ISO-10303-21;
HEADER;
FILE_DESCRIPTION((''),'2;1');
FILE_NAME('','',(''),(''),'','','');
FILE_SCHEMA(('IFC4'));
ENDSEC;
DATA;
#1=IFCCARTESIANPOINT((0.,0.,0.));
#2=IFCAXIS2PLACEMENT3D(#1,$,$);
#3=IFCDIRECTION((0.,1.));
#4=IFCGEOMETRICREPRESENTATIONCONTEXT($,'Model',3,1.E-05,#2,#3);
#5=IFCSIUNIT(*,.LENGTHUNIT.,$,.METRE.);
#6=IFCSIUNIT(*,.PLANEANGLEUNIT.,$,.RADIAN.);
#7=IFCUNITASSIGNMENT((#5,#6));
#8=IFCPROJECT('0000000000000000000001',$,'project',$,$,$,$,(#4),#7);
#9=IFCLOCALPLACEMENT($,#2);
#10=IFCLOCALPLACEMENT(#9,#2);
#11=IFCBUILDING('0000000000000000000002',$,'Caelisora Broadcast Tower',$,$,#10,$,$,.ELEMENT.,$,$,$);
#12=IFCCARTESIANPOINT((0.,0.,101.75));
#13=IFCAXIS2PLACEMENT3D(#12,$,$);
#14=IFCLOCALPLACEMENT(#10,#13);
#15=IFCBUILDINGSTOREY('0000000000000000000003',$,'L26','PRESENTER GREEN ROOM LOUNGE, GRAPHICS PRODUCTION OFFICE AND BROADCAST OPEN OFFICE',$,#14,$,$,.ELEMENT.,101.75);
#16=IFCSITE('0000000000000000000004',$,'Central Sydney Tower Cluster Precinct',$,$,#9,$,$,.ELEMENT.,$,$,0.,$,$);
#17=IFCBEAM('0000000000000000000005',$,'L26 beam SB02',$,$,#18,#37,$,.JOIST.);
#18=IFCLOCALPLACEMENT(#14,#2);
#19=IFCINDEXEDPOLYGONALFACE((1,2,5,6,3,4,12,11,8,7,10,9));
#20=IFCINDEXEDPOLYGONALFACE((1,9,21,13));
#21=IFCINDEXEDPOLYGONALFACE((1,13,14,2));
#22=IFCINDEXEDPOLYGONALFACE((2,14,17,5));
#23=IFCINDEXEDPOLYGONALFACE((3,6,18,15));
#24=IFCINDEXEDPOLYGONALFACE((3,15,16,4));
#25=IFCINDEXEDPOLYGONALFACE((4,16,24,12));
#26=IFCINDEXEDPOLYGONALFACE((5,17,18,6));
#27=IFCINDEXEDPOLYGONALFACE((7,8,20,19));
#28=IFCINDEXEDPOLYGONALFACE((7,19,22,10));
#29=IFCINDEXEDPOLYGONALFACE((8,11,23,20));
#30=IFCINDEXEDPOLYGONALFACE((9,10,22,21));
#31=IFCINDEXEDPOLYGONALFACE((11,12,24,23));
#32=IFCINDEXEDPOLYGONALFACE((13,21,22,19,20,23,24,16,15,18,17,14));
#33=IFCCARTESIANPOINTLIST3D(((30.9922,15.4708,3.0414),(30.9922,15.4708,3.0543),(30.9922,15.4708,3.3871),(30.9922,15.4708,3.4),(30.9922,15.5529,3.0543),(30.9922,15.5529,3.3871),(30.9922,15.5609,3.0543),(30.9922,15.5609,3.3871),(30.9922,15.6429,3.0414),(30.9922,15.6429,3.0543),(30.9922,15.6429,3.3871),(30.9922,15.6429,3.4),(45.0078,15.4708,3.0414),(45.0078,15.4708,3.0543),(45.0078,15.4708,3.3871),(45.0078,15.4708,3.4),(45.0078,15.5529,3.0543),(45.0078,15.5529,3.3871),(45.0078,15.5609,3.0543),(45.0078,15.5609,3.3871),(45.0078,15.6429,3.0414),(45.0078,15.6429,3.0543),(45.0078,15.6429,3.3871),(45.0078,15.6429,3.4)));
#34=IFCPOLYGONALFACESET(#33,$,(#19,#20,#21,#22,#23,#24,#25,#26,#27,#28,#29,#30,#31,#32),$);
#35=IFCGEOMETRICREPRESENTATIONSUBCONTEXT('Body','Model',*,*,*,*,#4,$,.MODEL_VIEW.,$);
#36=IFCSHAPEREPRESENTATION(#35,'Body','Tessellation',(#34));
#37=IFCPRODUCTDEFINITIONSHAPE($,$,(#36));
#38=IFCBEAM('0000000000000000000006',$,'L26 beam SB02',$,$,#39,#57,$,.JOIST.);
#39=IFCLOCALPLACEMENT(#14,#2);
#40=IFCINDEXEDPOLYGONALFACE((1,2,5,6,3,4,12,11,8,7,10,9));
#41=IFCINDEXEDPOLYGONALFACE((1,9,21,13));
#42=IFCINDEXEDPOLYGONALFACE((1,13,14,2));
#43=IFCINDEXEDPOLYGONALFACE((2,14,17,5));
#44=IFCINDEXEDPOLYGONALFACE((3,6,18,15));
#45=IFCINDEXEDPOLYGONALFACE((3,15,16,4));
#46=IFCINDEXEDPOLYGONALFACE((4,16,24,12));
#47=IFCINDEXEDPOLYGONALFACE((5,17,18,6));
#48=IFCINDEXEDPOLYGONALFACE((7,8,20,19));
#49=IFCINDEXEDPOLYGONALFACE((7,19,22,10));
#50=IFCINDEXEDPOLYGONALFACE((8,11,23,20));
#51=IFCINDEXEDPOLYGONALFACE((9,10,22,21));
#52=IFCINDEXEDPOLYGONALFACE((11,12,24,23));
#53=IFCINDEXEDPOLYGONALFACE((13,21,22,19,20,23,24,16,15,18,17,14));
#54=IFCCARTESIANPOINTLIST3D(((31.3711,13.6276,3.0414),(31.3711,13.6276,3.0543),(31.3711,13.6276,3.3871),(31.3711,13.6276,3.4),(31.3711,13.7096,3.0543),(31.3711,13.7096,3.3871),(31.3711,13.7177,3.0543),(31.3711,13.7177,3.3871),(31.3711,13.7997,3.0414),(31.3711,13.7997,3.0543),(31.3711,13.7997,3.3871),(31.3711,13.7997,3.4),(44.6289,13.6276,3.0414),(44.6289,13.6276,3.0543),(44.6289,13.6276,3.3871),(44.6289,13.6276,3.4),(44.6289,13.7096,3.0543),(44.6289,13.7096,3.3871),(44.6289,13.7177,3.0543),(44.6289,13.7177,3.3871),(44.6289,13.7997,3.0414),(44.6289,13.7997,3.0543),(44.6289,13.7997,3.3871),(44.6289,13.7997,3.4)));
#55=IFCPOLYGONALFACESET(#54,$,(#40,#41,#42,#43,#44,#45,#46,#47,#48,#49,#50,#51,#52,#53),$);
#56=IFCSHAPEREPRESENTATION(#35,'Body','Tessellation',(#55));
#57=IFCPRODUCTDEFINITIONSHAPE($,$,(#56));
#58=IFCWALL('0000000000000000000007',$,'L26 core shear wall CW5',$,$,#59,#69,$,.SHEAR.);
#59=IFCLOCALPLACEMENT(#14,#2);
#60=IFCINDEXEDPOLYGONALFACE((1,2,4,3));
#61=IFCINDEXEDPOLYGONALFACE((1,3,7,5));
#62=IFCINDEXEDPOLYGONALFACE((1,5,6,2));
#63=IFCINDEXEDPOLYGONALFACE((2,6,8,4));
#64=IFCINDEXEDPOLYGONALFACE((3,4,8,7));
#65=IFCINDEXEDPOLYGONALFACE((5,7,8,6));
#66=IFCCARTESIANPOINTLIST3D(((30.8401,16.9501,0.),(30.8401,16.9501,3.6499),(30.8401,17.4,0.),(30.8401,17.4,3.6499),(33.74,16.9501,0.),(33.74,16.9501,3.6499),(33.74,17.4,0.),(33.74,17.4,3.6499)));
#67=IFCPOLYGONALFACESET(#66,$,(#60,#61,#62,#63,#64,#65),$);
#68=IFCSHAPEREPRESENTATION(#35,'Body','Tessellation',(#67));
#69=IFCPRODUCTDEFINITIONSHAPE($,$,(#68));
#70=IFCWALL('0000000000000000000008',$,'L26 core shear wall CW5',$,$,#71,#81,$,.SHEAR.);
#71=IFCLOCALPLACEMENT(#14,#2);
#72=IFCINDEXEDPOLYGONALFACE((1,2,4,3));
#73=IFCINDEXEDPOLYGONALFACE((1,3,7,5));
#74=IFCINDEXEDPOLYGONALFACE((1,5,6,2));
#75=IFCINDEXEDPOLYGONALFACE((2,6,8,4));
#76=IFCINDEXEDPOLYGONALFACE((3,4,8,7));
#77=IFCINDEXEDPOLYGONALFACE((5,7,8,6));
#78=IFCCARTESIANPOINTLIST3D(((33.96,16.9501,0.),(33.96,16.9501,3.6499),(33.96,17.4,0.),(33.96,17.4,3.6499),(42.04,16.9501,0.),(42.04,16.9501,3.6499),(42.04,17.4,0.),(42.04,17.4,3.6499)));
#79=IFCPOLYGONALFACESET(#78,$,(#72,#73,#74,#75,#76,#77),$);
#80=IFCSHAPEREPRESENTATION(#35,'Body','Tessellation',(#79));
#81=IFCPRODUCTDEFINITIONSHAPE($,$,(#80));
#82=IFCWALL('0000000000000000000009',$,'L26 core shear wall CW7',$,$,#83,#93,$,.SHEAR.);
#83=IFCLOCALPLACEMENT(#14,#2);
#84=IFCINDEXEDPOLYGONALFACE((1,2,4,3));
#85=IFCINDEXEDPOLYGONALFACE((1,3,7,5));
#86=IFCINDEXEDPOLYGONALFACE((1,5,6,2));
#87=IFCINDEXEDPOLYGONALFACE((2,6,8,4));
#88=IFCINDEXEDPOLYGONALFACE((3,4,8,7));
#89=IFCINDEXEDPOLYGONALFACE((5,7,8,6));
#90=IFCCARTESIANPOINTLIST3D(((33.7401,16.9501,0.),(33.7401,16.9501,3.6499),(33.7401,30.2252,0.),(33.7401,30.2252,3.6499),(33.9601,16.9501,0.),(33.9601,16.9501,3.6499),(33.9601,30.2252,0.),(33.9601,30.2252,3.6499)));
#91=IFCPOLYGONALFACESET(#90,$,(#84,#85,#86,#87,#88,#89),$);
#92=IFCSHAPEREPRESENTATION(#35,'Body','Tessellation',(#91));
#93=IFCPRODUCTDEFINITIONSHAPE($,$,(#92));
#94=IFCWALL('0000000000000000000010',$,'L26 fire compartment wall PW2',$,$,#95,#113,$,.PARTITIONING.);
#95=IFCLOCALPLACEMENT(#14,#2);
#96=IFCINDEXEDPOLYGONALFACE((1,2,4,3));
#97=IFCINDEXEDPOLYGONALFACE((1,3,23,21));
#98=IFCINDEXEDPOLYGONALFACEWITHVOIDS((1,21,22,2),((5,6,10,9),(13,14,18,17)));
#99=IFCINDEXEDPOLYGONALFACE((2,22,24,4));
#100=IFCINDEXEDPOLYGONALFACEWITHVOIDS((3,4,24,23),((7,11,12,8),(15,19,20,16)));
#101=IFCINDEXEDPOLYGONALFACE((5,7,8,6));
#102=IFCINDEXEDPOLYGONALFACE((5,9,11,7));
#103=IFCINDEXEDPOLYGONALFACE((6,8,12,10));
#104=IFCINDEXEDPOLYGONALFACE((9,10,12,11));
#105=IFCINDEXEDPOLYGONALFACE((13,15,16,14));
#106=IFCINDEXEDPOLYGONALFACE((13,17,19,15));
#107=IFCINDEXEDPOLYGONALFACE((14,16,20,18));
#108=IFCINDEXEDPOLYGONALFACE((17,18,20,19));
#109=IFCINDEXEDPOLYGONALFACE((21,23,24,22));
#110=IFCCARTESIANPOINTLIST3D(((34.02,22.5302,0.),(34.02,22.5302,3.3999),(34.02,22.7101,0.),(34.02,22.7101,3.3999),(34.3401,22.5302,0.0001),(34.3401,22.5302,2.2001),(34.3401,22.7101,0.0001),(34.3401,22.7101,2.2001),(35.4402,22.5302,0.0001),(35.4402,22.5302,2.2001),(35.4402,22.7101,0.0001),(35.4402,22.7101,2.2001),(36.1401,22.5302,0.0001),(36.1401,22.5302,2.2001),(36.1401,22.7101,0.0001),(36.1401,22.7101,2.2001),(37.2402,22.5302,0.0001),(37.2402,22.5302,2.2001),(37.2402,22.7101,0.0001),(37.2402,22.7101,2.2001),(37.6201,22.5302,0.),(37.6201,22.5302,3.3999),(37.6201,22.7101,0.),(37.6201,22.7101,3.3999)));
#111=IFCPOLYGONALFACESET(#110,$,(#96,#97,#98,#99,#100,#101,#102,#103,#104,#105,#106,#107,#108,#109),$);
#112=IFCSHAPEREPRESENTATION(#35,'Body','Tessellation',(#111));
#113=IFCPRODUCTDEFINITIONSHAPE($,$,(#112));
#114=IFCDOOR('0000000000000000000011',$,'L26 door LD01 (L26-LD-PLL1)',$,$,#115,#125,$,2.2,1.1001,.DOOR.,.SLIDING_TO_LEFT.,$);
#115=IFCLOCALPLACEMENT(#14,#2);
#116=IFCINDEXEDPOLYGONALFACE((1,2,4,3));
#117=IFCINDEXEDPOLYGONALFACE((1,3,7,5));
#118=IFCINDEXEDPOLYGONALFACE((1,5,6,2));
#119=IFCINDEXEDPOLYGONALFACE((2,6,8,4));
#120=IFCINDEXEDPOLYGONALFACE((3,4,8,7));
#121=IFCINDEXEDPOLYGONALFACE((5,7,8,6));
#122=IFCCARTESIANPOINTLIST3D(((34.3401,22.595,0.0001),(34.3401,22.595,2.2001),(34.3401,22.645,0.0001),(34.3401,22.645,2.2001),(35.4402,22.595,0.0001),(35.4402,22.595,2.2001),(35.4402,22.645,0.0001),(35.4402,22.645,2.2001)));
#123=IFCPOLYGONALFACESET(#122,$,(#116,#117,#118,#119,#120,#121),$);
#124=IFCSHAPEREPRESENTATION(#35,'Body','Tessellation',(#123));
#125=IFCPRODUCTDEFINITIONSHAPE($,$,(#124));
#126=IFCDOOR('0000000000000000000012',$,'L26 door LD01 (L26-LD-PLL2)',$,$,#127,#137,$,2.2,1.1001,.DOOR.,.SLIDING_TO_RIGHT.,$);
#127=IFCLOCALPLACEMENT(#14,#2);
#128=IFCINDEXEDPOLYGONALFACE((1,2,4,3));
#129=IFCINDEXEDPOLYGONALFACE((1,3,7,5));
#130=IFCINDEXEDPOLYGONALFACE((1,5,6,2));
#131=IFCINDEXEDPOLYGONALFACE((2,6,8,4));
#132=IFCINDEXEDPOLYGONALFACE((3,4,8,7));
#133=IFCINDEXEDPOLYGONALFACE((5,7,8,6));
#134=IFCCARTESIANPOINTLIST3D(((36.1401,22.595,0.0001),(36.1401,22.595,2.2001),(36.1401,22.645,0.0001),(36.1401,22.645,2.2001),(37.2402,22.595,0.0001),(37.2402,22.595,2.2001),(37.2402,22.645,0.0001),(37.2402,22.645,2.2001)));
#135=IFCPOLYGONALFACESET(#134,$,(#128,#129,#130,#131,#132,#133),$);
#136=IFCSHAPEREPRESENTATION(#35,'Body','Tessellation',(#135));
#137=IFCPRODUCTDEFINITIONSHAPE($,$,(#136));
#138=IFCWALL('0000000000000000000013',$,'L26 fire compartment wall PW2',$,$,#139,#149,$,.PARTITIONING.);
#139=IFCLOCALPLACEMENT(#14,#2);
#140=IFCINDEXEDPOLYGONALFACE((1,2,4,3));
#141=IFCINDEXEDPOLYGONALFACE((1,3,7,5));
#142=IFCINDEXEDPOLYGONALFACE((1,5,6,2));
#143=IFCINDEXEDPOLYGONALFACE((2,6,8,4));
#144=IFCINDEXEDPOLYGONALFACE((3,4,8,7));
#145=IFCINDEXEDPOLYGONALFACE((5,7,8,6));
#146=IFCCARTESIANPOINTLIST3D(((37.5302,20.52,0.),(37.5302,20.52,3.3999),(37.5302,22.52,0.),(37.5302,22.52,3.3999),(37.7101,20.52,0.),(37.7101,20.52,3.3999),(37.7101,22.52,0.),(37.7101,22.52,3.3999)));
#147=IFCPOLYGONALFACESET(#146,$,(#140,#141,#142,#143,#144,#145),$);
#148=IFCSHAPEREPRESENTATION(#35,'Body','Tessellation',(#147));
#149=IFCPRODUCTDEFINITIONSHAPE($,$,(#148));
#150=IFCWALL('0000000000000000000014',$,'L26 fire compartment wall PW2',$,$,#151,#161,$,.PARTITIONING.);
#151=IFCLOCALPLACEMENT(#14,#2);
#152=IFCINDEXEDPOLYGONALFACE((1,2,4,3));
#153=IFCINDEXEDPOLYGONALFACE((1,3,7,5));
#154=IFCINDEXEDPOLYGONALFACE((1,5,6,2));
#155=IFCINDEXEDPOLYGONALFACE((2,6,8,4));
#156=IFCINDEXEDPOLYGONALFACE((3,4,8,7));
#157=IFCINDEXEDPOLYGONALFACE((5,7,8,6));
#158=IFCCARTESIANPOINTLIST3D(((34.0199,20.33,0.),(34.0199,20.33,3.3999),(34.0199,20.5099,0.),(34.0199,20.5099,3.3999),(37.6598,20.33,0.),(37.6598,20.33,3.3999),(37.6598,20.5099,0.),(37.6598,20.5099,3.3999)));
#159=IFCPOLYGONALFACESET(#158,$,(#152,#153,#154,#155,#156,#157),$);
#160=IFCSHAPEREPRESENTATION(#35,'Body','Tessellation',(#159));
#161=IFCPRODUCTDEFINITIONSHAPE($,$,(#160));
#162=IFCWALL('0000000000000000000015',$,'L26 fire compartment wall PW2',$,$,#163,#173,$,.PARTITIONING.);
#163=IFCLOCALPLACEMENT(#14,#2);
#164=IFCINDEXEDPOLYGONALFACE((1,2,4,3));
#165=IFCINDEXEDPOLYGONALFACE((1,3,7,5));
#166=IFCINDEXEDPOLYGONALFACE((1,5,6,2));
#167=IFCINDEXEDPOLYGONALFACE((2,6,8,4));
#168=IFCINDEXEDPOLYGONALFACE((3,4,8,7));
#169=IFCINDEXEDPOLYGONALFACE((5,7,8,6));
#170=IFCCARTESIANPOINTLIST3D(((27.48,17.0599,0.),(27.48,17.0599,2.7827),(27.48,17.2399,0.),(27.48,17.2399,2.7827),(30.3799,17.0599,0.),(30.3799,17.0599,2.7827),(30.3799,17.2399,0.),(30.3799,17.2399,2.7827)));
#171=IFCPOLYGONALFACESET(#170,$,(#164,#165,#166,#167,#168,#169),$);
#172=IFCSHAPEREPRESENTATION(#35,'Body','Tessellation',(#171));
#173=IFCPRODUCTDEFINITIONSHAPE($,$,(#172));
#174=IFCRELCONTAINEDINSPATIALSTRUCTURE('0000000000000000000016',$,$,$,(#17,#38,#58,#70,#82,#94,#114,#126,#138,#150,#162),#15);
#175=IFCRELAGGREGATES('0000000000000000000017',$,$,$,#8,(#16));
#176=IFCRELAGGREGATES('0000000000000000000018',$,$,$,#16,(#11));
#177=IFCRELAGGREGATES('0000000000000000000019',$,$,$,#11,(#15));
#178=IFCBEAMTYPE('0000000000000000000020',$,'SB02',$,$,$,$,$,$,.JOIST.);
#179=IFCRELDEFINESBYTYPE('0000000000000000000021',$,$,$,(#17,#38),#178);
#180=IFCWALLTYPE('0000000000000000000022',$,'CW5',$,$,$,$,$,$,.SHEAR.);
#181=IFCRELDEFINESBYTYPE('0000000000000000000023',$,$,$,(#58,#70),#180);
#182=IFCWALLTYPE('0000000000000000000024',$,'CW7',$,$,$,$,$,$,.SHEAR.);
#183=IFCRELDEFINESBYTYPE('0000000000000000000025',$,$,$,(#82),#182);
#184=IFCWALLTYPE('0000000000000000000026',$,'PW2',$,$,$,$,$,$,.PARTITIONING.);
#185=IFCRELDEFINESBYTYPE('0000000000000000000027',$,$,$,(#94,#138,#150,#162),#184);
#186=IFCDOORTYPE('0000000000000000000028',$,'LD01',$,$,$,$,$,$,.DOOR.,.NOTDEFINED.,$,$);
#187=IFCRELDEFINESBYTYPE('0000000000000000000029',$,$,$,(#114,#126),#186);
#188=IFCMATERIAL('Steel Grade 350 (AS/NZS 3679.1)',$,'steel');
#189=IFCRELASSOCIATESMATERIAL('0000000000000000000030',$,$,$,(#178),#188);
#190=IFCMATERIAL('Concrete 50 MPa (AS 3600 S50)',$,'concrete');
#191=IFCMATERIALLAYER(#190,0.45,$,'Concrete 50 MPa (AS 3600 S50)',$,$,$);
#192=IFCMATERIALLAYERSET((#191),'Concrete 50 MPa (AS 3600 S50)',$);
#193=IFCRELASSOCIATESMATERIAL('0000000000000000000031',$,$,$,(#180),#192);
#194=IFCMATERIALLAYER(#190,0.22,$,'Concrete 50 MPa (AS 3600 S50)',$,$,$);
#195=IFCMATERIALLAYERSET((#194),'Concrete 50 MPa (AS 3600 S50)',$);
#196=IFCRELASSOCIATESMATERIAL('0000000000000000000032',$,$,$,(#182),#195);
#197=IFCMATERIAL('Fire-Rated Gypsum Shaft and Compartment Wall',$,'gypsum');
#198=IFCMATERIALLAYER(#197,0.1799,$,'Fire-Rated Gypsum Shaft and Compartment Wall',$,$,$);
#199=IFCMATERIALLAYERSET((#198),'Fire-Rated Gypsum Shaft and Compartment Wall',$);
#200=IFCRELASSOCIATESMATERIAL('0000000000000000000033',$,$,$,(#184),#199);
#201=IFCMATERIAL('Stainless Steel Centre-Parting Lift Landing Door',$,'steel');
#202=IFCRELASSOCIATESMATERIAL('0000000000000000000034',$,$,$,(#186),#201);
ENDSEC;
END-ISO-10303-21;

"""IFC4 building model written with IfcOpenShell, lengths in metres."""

from ifc_helpers import new_model, si_unit, direction, frame, frame_2d, origin, origin_2d, place, context, subcontext, project, spatial, rectangle, i_section, extrude, source, transform, mapped, material, layer, layer_set, material_profile, profile_set, type_object, element, fill, save


model = new_model("IFC4")

# Units and contexts
model_context = context("Model", 3, precision=1e-05, world=origin(), true_north=direction((0.0, 1.0)))
body_context = subcontext(model_context, "Body", "Model", "MODEL_VIEW")
ifc_project = project(units=[si_unit("LENGTHUNIT", "METRE"), si_unit("PLANEANGLEUNIT", "RADIAN")], contexts=[model_context])

# Site, building, storey
site_placement = place(None, origin())
site = spatial("IfcSite", under=ifc_project, at=site_placement, Name="Central Sydney Tower Cluster Precinct", CompositionType="ELEMENT", RefElevation=0.0)
building_placement = place(site_placement, origin())
building = spatial("IfcBuilding", under=site, at=building_placement, Name="Caelisora Broadcast Tower", CompositionType="ELEMENT")
storey_placement = place(building_placement, frame((0.0, 0.0, 101.75)))
storey = spatial("IfcBuildingStorey", under=building, at=storey_placement, Name="L26", Description="PRESENTER GREEN ROOM LOUNGE, GRAPHICS PRODUCTION OFFICE AND BROADCAST OPEN OFFICE", CompositionType="ELEMENT", Elevation=101.75)

# Shared definitions
ifc_material_1 = material(Name="Steel Grade 350 (AS/NZS 3679.1)", Category="steel")

# Beams
ifc_material_profile_1 = material_profile(ifc_material_1, i_section(OverallWidth=0.1721, OverallDepth=0.3586, WebThickness=0.0081, FlangeThickness=0.0129, at=origin_2d()), Name="Steel Grade 350 (AS/NZS 3679.1)")
ifc_profile_set_1 = profile_set([ifc_material_profile_1], Name="Steel Grade 350 (AS/NZS 3679.1)")
beam_type_1 = type_object("IfcBeamType", Name="SB02", PredefinedType="JOIST", material=ifc_profile_set_1)
shared_shape_1 = source(origin(), body_context, "Body", "SweptSolid", [
    extrude(i_section(OverallWidth=0.1721, OverallDepth=0.3586, WebThickness=0.0081, FlangeThickness=0.0129, at=origin_2d()), origin(), (0.0, 0.0, 1.0), 14.0156),
])
beam_1_placement = place(storey_placement, frame((30.9922, 15.5569, 3.2207), z_axis=(1.0, 0.0, 0.0), x_axis=(0.0, 1.0, 0.0)))
element("IfcBeam", 1, at=beam_1_placement, inside=storey, type_object=beam_type_1, Name="L26 beam SB02", PredefinedType="JOIST", context=body_context, shape_type="MappedRepresentation", body=[
    mapped(shared_shape_1, transform((0.0, 0.0, 0.0), scale=1.0)),
])
shared_shape_2 = source(origin(), body_context, "Body", "SweptSolid", [
    extrude(i_section(OverallWidth=0.1721, OverallDepth=0.3586, WebThickness=0.0081, FlangeThickness=0.0129, at=origin_2d()), origin(), (0.0, 0.0, 1.0), 13.2578),
])
beam_2_placement = place(storey_placement, frame((31.3711, 13.7136, 3.2207), z_axis=(1.0, 0.0, 0.0), x_axis=(0.0, 1.0, 0.0)))
element("IfcBeam", 2, at=beam_2_placement, inside=storey, type_object=beam_type_1, Name="L26 beam SB02", PredefinedType="JOIST", context=body_context, shape_type="MappedRepresentation", body=[
    mapped(shared_shape_2, transform((0.0, 0.0, 0.0), scale=1.0)),
])

# Shared definitions
ifc_material_2 = material(Name="Concrete 50 MPa (AS 3600 S50)", Category="concrete")

# Walls
ifc_layer_1 = layer(ifc_material_2, 0.45, Name="Concrete 50 MPa (AS 3600 S50)")
ifc_layer_set_1 = layer_set([ifc_layer_1], Name="Concrete 50 MPa (AS 3600 S50)")
wall_type_1 = type_object("IfcWallType", Name="CW5", PredefinedType="SHEAR", material=ifc_layer_set_1)
wall_1_placement = place(storey_placement, frame((30.8401, 17.175, 0.0), z_axis=(0.0, 0.0, 1.0), x_axis=(1.0, 0.0, 0.0)))
element("IfcWall", 3, at=wall_1_placement, inside=storey, type_object=wall_type_1, Name="L26 core shear wall CW5", PredefinedType="SHEAR", context=body_context, shape_type="SweptSolid", body=[
    extrude(rectangle(XDim=2.8999, YDim=0.45, at=frame_2d((1.45, 0.0))), origin(), (0.0, 0.0, 1.0), 3.6499),
])
wall_2_placement = place(storey_placement, frame((33.96, 17.175, 0.0), z_axis=(0.0, 0.0, 1.0), x_axis=(1.0, 0.0, 0.0)))
element("IfcWall", 4, at=wall_2_placement, inside=storey, type_object=wall_type_1, Name="L26 core shear wall CW5", PredefinedType="SHEAR", context=body_context, shape_type="SweptSolid", body=[
    extrude(rectangle(XDim=8.0801, YDim=0.45, at=frame_2d((4.04, 0.0))), origin(), (0.0, 0.0, 1.0), 3.6499),
])
ifc_layer_2 = layer(ifc_material_2, 0.22, Name="Concrete 50 MPa (AS 3600 S50)")
ifc_layer_set_2 = layer_set([ifc_layer_2], Name="Concrete 50 MPa (AS 3600 S50)")
wall_type_2 = type_object("IfcWallType", Name="CW7", PredefinedType="SHEAR", material=ifc_layer_set_2)
wall_3_placement = place(storey_placement, frame((33.8501, 16.95, 0.0), z_axis=(0.0, 0.0, 1.0), x_axis=(0.0, 1.0, 0.0)))
element("IfcWall", 5, at=wall_3_placement, inside=storey, type_object=wall_type_2, Name="L26 core shear wall CW7", PredefinedType="SHEAR", context=body_context, shape_type="SweptSolid", body=[
    extrude(rectangle(XDim=13.2751, YDim=0.22, at=frame_2d((6.6377, 0.0))), origin(), (0.0, 0.0, 1.0), 3.6499),
])

# Wall, openings, doors
ifc_material_3 = material(Name="Fire-Rated Gypsum Shaft and Compartment Wall", Category="gypsum")
ifc_layer_3 = layer(ifc_material_3, 0.1799, Name="Fire-Rated Gypsum Shaft and Compartment Wall")
ifc_layer_set_3 = layer_set([ifc_layer_3], Name="Fire-Rated Gypsum Shaft and Compartment Wall")
wall_type_3 = type_object("IfcWallType", Name="PW2", PredefinedType="PARTITIONING", material=ifc_layer_set_3)
wall_4_placement = place(storey_placement, frame((34.02, 22.6201, 0.0), z_axis=(0.0, 0.0, 1.0), x_axis=(1.0, 0.0, 0.0)))
wall_4 = element("IfcWall", 6, at=wall_4_placement, inside=storey, type_object=wall_type_3, Name="L26 fire compartment wall PW2", PredefinedType="PARTITIONING", context=body_context, shape_type="SweptSolid", body=[
    extrude(rectangle(XDim=3.6001, YDim=0.1799, at=frame_2d((1.8, 0.0))), origin(), (0.0, 0.0, 1.0), 3.3999),
])
opening_1_placement = place(wall_4_placement, frame((0.3201, 0.0, 0.0)))
opening_1 = element("IfcOpeningElement", 7, at=opening_1_placement, cuts=wall_4, PredefinedType="OPENING", context=body_context, shape_type="SweptSolid", body=[
    extrude(rectangle(XDim=1.1001, YDim=2.2, at=frame_2d((0.55, 1.1001))), frame((0.0, 0.1021, 0.0), z_axis=(0.0, -1.0, 0.0), x_axis=(1.0, 0.0, 0.0)), (0.0, 0.0, 1.0), 0.2039),
])
opening_2_placement = place(wall_4_placement, frame((2.1201, 0.0, 0.0)))
opening_2 = element("IfcOpeningElement", 8, at=opening_2_placement, cuts=wall_4, PredefinedType="OPENING", context=body_context, shape_type="SweptSolid", body=[
    extrude(rectangle(XDim=1.1001, YDim=2.2, at=frame_2d((0.55, 1.1001))), frame((0.0, 0.1021, 0.0), z_axis=(0.0, -1.0, 0.0), x_axis=(1.0, 0.0, 0.0)), (0.0, 0.0, 1.0), 0.2039),
])
ifc_material_4 = material(Name="Stainless Steel Centre-Parting Lift Landing Door", Category="steel")
door_type_1 = type_object("IfcDoorType", Name="LD01", OperationType="NOTDEFINED", PredefinedType="DOOR", material=ifc_material_4)
door_1_placement = place(opening_1_placement, origin())
door_1 = element("IfcDoor", 9, at=door_1_placement, inside=storey, type_object=door_type_1, Name="L26 door LD01 (L26-LD-PLL1)", OperationType="SLIDING_TO_LEFT", OverallHeight=2.2, OverallWidth=1.1001, PredefinedType="DOOR", context=body_context, shape_type="SweptSolid", body=[
    extrude(rectangle(XDim=1.1001, YDim=2.2, at=frame_2d((0.55, 1.1001))), frame((0.0, 0.0249, 0.0), z_axis=(0.0, -1.0, 0.0), x_axis=(1.0, 0.0, 0.0)), (0.0, 0.0, 1.0), 0.05),
])
fill(opening_1, door_1)
door_2_placement = place(opening_2_placement, origin())
door_2 = element("IfcDoor", 10, at=door_2_placement, inside=storey, type_object=door_type_1, Name="L26 door LD01 (L26-LD-PLL2)", OperationType="SLIDING_TO_RIGHT", OverallHeight=2.2, OverallWidth=1.1001, PredefinedType="DOOR", context=body_context, shape_type="SweptSolid", body=[
    extrude(rectangle(XDim=1.1001, YDim=2.2, at=frame_2d((0.55, 1.1001))), frame((0.0, 0.0249, 0.0), z_axis=(0.0, -1.0, 0.0), x_axis=(1.0, 0.0, 0.0)), (0.0, 0.0, 1.0), 0.05),
])
fill(opening_2, door_2)

# Walls
wall_5_placement = place(storey_placement, frame((37.6201, 20.52, 0.0), z_axis=(0.0, 0.0, 1.0), x_axis=(0.0, 1.0, 0.0)))
element("IfcWall", 11, at=wall_5_placement, inside=storey, type_object=wall_type_3, Name="L26 fire compartment wall PW2", PredefinedType="PARTITIONING", context=body_context, shape_type="SweptSolid", body=[
    extrude(rectangle(XDim=2.0, YDim=0.1799, at=frame_2d((1.0, 0.0))), origin(), (0.0, 0.0, 1.0), 3.3999),
])
wall_6_placement = place(storey_placement, frame((34.02, 20.4199, 0.0), z_axis=(0.0, 0.0, 1.0), x_axis=(1.0, 0.0, 0.0)))
element("IfcWall", 12, at=wall_6_placement, inside=storey, type_object=wall_type_3, Name="L26 fire compartment wall PW2", PredefinedType="PARTITIONING", context=body_context, shape_type="SweptSolid", body=[
    extrude(rectangle(XDim=3.6399, YDim=0.1799, at=frame_2d((1.8198, 0.0))), origin(), (0.0, 0.0, 1.0), 3.3999),
])
wall_7_placement = place(storey_placement, frame((27.48, 17.1499, 0.0), z_axis=(0.0, 0.0, 1.0), x_axis=(1.0, 0.0, 0.0)))
element("IfcWall", 13, at=wall_7_placement, inside=storey, type_object=wall_type_3, Name="L26 fire compartment wall PW2", PredefinedType="PARTITIONING", context=body_context, shape_type="SweptSolid", body=[
    extrude(rectangle(XDim=2.8999, YDim=0.1799, at=frame_2d((1.45, 0.0))), origin(), (0.0, 0.0, 1.0), 2.7827),
])

save(model, "model.ifc")
